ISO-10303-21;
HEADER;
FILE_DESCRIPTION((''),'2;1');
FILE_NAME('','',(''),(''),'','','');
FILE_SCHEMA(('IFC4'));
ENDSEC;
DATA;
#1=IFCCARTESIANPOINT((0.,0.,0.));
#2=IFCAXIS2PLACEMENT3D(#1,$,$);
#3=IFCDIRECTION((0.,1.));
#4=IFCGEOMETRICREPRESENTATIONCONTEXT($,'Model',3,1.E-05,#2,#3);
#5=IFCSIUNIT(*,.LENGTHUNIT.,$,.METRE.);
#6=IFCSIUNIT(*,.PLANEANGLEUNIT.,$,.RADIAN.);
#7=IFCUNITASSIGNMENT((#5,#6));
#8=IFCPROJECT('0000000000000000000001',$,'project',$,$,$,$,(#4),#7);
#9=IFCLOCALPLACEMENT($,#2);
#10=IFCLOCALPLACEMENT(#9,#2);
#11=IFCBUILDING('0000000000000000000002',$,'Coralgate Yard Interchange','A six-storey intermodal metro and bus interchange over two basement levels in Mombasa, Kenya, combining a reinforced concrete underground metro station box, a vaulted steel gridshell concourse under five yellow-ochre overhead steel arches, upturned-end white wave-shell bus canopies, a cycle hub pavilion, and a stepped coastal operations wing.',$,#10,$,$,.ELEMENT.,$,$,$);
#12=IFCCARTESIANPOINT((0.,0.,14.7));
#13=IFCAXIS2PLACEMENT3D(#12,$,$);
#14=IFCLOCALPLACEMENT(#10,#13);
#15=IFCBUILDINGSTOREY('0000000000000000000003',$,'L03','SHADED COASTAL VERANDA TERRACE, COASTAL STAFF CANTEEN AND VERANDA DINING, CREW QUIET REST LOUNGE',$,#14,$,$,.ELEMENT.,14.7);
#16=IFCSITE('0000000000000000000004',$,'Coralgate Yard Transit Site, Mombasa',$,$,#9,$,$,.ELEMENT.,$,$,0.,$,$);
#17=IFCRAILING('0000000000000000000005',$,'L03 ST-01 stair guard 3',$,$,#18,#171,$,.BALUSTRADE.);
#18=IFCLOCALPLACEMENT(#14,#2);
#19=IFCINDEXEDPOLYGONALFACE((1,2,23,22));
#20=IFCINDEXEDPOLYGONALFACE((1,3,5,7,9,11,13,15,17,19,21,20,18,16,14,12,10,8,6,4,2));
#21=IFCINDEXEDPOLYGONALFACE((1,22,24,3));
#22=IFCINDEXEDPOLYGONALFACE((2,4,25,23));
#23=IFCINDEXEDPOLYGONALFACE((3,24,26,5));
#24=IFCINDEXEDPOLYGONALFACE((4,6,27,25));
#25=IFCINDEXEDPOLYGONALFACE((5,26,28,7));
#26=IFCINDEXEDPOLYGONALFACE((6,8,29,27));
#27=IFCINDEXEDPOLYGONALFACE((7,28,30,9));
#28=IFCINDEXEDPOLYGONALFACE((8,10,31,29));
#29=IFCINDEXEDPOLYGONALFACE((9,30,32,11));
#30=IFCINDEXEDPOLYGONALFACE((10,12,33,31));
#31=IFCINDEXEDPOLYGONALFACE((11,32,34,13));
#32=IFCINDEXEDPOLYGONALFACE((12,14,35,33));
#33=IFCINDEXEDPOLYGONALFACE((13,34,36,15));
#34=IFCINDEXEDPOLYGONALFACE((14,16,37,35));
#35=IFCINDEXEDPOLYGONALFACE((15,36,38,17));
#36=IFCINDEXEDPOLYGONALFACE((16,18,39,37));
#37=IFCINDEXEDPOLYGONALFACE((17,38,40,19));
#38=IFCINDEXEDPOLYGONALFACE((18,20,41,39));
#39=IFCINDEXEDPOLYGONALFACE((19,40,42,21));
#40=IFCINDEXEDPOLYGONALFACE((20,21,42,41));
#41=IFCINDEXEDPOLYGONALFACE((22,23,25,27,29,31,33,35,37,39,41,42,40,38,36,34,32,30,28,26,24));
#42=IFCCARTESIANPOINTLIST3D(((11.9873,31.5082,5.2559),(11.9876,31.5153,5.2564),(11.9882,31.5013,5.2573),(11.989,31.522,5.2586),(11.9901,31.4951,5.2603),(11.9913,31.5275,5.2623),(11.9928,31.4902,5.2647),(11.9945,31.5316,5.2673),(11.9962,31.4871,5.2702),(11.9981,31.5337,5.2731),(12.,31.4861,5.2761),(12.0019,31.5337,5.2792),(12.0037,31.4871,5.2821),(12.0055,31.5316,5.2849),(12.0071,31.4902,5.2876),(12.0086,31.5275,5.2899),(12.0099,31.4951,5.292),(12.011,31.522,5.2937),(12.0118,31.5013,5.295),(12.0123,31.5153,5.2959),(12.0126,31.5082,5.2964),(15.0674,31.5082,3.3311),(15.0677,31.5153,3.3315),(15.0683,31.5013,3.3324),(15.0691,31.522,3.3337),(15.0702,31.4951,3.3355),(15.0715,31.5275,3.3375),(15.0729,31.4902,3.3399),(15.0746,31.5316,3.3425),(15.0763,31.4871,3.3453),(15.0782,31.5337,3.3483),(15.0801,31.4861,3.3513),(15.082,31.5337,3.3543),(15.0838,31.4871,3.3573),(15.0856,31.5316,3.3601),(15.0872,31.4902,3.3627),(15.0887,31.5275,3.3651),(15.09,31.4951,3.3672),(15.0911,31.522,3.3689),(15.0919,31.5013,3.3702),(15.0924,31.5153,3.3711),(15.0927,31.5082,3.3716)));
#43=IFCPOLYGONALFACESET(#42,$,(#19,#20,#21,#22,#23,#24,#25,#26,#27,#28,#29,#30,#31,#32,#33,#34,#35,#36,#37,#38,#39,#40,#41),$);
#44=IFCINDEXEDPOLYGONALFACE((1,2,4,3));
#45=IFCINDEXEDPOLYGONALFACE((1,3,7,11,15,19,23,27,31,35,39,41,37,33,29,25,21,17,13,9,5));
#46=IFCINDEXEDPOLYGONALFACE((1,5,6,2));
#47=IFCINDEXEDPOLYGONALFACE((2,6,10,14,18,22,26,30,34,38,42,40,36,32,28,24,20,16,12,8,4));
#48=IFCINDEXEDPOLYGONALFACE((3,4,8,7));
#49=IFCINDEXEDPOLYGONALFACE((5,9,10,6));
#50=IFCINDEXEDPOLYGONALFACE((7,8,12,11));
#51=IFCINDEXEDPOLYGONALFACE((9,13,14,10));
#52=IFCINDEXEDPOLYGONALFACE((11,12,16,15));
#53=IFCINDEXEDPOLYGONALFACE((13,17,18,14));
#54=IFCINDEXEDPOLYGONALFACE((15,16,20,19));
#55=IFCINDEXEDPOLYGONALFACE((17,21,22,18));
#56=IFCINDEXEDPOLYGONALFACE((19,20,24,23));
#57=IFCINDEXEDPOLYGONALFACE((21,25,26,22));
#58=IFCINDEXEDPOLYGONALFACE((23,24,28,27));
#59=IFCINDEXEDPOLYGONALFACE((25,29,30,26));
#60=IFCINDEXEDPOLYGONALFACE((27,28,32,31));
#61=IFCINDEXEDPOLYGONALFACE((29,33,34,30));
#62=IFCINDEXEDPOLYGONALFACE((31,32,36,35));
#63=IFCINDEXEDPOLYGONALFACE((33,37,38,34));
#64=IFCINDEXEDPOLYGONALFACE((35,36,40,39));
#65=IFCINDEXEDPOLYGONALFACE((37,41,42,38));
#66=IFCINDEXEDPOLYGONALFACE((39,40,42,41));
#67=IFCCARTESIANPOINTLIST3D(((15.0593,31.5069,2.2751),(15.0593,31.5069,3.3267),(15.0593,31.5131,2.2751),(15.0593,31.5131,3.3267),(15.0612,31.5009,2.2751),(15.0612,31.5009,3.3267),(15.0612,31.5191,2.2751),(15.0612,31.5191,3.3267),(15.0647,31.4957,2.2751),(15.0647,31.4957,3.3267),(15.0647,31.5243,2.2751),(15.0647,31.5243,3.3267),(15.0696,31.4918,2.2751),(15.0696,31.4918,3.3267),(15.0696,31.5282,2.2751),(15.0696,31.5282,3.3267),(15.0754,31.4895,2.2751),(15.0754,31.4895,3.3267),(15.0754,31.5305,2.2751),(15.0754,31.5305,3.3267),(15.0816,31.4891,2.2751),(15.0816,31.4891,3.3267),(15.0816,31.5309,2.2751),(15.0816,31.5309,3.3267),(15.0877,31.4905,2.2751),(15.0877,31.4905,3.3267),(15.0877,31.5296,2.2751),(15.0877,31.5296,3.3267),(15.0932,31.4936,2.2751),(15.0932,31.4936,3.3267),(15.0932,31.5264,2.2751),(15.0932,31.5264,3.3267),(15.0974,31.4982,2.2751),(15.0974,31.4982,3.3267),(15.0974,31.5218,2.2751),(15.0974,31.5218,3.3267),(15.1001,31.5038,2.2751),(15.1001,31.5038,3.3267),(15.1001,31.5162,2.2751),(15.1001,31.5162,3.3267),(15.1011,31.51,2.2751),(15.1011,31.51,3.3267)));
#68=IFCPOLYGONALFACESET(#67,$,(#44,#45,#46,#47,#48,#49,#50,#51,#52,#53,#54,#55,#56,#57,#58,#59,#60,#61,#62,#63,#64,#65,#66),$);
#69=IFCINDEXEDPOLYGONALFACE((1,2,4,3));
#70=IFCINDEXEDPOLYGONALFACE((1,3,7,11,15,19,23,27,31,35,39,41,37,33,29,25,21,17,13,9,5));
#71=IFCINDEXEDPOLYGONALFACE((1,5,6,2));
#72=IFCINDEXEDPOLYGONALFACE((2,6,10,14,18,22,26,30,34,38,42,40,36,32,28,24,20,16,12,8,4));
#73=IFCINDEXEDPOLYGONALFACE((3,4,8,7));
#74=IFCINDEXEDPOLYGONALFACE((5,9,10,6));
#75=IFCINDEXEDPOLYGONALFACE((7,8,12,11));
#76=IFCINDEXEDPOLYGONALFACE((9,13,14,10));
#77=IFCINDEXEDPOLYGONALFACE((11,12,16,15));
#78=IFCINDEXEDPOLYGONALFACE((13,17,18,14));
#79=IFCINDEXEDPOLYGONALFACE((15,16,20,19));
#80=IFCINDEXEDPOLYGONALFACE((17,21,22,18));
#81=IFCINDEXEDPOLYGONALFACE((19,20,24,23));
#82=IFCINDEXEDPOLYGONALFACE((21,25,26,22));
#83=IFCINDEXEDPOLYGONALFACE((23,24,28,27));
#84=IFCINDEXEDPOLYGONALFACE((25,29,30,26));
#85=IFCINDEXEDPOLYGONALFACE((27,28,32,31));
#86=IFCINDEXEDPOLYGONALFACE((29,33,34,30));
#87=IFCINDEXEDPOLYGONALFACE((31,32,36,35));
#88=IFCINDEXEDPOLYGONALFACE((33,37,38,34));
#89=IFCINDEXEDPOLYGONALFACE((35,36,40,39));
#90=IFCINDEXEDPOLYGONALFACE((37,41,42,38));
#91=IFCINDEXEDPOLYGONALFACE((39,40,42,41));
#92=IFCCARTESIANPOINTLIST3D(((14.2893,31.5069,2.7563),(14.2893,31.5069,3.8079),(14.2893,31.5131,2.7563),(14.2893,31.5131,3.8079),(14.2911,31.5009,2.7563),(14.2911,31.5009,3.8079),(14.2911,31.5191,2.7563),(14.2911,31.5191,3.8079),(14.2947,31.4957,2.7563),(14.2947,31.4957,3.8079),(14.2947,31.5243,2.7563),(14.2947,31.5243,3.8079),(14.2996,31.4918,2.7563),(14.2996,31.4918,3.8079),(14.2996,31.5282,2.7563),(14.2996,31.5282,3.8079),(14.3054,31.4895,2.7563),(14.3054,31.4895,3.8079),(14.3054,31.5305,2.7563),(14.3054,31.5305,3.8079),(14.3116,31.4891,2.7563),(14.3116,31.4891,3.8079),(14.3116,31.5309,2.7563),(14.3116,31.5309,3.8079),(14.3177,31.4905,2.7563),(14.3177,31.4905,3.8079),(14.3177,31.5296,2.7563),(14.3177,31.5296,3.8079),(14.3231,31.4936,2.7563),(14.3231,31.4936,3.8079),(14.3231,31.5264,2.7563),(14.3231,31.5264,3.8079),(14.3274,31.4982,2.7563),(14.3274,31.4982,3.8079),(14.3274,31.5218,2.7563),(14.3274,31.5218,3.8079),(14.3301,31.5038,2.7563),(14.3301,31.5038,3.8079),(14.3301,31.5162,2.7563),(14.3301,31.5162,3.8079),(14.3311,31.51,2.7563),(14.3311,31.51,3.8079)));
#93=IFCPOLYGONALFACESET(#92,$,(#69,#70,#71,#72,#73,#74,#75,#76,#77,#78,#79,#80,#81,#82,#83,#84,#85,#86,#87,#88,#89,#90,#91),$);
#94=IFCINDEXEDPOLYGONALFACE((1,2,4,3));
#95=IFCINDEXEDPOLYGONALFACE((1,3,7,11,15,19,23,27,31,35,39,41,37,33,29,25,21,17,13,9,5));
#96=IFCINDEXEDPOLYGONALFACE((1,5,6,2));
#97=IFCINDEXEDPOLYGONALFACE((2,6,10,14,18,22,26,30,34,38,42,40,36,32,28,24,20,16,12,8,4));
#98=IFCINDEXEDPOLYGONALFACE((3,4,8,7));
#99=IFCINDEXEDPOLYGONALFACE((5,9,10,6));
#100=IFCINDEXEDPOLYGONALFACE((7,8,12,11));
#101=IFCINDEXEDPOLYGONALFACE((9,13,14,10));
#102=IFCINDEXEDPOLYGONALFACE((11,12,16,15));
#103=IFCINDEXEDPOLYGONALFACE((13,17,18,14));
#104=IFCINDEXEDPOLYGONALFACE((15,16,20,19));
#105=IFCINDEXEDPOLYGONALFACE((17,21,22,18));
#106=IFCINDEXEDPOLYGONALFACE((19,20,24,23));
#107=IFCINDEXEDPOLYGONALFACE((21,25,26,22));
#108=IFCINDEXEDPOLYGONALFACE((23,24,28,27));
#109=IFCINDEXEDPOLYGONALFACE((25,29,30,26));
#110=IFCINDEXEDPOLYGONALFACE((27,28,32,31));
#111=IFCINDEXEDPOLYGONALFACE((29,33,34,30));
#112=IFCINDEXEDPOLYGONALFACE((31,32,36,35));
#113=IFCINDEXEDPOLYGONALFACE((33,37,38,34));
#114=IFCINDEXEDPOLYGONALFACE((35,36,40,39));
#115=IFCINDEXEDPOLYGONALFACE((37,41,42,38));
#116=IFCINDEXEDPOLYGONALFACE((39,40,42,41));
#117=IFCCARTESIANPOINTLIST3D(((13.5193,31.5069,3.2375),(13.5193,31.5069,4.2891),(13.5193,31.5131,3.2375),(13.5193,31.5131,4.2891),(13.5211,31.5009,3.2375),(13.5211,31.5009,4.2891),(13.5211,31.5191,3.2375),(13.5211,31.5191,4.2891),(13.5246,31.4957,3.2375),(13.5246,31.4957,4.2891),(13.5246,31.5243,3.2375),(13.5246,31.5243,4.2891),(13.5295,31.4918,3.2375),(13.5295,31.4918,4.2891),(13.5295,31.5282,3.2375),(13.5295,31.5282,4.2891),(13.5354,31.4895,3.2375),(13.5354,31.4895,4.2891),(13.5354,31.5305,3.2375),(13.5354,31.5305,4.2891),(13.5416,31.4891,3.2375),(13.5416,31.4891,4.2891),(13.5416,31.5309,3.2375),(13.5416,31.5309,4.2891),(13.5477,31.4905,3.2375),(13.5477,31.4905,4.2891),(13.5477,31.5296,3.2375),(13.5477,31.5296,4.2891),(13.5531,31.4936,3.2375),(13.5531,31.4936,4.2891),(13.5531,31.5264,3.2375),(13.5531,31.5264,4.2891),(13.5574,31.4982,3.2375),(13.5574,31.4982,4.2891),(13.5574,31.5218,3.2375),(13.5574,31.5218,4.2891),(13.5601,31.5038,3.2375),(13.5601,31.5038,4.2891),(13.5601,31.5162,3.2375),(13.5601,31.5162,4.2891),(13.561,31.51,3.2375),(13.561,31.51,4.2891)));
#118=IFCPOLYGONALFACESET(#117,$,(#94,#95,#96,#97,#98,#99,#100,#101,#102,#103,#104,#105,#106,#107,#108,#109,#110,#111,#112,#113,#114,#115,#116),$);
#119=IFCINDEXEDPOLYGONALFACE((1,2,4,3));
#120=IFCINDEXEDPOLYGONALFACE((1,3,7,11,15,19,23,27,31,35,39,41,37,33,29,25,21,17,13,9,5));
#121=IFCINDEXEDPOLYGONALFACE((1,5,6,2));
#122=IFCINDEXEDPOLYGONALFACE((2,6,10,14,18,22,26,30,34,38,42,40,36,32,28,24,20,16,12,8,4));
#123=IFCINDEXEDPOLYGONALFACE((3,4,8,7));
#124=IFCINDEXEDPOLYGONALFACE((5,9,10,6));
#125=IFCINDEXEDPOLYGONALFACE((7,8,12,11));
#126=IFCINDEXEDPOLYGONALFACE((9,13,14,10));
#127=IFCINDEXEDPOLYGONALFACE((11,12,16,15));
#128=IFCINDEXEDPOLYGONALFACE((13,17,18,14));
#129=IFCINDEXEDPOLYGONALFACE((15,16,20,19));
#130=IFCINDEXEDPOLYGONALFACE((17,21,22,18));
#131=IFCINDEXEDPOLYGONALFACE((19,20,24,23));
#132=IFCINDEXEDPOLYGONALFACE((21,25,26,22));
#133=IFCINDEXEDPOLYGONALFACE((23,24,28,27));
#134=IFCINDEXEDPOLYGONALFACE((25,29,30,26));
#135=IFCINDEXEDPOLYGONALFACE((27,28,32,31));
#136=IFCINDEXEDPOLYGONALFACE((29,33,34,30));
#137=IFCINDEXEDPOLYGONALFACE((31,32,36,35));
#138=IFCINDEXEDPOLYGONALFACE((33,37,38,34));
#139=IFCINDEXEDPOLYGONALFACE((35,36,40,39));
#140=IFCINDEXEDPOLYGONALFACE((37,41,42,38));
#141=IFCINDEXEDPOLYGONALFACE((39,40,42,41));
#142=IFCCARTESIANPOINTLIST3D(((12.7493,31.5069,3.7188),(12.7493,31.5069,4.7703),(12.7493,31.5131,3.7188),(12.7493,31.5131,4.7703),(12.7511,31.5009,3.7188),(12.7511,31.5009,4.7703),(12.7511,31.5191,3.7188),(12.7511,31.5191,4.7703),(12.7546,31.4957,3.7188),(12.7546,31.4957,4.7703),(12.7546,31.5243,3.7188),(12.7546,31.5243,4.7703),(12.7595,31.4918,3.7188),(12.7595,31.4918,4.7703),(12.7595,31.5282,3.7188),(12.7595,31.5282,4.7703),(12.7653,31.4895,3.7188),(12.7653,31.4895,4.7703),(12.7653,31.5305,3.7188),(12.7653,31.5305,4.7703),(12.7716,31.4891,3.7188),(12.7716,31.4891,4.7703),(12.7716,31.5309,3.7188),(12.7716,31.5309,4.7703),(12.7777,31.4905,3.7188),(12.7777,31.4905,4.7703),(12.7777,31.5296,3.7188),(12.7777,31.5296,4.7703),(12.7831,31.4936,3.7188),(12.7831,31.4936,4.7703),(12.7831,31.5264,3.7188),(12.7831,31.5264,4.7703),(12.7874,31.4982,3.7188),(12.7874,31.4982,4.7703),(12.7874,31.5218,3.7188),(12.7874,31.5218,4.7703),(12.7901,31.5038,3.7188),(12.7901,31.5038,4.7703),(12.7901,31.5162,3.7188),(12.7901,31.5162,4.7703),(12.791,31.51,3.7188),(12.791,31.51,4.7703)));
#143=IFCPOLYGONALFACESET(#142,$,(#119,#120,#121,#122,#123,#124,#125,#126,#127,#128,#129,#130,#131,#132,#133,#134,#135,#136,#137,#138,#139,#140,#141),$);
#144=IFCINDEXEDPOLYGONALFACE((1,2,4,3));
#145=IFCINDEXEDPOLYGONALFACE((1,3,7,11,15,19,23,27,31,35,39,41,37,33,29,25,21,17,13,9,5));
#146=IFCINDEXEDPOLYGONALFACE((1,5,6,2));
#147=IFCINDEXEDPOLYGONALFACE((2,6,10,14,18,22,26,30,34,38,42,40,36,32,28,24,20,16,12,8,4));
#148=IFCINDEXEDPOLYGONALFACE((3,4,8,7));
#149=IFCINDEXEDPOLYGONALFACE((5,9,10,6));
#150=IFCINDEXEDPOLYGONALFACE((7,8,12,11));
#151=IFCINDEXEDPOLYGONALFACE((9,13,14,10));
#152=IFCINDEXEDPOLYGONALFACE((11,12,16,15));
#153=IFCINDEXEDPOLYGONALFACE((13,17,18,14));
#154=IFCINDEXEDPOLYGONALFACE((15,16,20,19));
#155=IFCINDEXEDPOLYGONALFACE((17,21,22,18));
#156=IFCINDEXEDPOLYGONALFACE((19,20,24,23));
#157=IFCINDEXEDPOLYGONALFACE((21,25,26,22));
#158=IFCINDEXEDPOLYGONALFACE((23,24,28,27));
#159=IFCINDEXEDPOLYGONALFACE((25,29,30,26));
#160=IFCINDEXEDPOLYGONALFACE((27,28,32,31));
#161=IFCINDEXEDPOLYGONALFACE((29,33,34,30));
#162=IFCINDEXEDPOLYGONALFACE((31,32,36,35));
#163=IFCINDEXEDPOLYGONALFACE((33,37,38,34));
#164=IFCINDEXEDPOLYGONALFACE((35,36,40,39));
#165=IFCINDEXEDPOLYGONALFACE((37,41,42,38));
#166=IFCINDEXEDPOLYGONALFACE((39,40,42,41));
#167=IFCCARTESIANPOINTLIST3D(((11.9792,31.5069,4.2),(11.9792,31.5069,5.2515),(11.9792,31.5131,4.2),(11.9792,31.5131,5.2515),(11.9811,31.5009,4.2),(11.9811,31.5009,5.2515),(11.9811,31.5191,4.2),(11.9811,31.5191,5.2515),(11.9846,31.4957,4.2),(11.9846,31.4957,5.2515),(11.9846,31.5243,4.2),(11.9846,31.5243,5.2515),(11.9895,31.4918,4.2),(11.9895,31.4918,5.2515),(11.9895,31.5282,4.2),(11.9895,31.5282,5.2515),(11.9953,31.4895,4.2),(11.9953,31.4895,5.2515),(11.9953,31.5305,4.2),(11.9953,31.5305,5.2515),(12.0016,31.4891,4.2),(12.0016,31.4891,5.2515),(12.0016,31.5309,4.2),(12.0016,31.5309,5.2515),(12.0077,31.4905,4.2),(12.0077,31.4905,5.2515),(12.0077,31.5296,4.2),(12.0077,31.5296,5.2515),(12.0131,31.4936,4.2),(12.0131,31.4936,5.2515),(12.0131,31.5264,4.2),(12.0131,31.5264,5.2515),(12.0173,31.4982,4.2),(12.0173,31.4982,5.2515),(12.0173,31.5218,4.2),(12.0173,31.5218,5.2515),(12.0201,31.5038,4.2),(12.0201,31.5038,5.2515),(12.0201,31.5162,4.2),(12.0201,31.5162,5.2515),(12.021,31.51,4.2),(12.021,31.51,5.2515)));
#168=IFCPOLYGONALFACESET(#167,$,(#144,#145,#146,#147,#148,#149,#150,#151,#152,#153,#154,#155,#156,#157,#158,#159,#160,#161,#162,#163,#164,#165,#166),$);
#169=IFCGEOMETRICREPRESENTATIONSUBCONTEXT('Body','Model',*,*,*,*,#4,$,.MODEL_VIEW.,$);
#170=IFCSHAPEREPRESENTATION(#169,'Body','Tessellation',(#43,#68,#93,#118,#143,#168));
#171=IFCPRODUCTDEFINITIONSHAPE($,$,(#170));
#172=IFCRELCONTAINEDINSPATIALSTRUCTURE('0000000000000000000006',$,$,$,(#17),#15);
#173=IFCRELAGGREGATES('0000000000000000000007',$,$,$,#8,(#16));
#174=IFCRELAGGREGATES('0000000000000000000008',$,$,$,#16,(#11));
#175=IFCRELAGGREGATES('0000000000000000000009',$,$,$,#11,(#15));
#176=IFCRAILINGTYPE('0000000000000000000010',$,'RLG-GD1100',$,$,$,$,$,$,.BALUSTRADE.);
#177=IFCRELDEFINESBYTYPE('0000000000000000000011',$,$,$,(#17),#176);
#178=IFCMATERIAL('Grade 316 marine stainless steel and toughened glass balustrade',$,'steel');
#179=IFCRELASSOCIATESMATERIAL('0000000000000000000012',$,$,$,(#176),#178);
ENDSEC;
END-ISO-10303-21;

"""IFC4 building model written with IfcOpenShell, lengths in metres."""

from ifc_helpers import new_model, si_unit, direction, frame, origin, origin_2d, place, context, subcontext, project, spatial, circle, extrude, material, type_object, element, save


model = new_model("IFC4")

# Units and contexts
model_context = context("Model", 3, precision=1e-05, world=origin(), true_north=direction((0.0, 1.0)))
body_context = subcontext(model_context, "Body", "Model", "MODEL_VIEW")
ifc_project = project(units=[si_unit("LENGTHUNIT", "METRE"), si_unit("PLANEANGLEUNIT", "RADIAN")], contexts=[model_context])

# Site, building, storey
site_placement = place(None, origin())
site = spatial("IfcSite", under=ifc_project, at=site_placement, Name="Coralgate Yard Transit Site, Mombasa", CompositionType="ELEMENT", RefElevation=0.0)
building_placement = place(site_placement, origin())
building = spatial("IfcBuilding", under=site, at=building_placement, Name="Coralgate Yard Interchange", Description="A six-storey intermodal metro and bus interchange over two basement levels in Mombasa, Kenya, combining a reinforced concrete underground metro station box, a vaulted steel gridshell concourse under five yellow-ochre overhead steel arches, upturned-end white wave-shell bus canopies, a cycle hub pavilion, and a stepped coastal operations wing.", CompositionType="ELEMENT")
storey_placement = place(building_placement, frame((0.0, 0.0, 14.7)))
storey = spatial("IfcBuildingStorey", under=building, at=storey_placement, Name="L03", Description="SHADED COASTAL VERANDA TERRACE, COASTAL STAFF CANTEEN AND VERANDA DINING, CREW QUIET REST LOUNGE", CompositionType="ELEMENT", Elevation=14.7)

# Railing
ifc_material_1 = material(Name="Grade 316 marine stainless steel and toughened glass balustrade", Category="steel")
railing_type_1 = type_object("IfcRailingType", Name="RLG-GD1100", PredefinedType="BALUSTRADE", material=ifc_material_1)
railing_1_placement = place(storey_placement, frame((15.0801, 31.51, 2.2751)))
element("IfcRailing", 1, at=railing_1_placement, inside=storey, type_object=railing_type_1, Name="L03 ST-01 stair guard 3", PredefinedType="BALUSTRADE", context=body_context, shape_type="SweptSolid", body=[
    extrude(circle(Radius=0.0239, at=origin_2d()), frame((0.0, 0.0, 1.0762), z_axis=(-0.848029, 0.0, 0.529951), x_axis=(0.0, -1.0, 0.0)), (0.0, 0.0, 1.0), 3.6321),
    extrude(circle(Radius=0.021, at=origin_2d()), origin(), (0.0, 0.0, 1.0), 1.0515),
    extrude(circle(Radius=0.021, at=origin_2d()), frame((-0.77, 0.0, 0.4812)), (0.0, 0.0, 1.0), 1.0515),
    extrude(circle(Radius=0.021, at=origin_2d()), frame((-1.54, 0.0, 0.9624)), (0.0, 0.0, 1.0), 1.0515),
    extrude(circle(Radius=0.021, at=origin_2d()), frame((-2.3101, 0.0, 1.4436)), (0.0, 0.0, 1.0), 1.0515),
    extrude(circle(Radius=0.021, at=origin_2d()), frame((-3.0801, 0.0, 1.9248)), (0.0, 0.0, 1.0), 1.0515),
])

save(model, "model.ifc")
